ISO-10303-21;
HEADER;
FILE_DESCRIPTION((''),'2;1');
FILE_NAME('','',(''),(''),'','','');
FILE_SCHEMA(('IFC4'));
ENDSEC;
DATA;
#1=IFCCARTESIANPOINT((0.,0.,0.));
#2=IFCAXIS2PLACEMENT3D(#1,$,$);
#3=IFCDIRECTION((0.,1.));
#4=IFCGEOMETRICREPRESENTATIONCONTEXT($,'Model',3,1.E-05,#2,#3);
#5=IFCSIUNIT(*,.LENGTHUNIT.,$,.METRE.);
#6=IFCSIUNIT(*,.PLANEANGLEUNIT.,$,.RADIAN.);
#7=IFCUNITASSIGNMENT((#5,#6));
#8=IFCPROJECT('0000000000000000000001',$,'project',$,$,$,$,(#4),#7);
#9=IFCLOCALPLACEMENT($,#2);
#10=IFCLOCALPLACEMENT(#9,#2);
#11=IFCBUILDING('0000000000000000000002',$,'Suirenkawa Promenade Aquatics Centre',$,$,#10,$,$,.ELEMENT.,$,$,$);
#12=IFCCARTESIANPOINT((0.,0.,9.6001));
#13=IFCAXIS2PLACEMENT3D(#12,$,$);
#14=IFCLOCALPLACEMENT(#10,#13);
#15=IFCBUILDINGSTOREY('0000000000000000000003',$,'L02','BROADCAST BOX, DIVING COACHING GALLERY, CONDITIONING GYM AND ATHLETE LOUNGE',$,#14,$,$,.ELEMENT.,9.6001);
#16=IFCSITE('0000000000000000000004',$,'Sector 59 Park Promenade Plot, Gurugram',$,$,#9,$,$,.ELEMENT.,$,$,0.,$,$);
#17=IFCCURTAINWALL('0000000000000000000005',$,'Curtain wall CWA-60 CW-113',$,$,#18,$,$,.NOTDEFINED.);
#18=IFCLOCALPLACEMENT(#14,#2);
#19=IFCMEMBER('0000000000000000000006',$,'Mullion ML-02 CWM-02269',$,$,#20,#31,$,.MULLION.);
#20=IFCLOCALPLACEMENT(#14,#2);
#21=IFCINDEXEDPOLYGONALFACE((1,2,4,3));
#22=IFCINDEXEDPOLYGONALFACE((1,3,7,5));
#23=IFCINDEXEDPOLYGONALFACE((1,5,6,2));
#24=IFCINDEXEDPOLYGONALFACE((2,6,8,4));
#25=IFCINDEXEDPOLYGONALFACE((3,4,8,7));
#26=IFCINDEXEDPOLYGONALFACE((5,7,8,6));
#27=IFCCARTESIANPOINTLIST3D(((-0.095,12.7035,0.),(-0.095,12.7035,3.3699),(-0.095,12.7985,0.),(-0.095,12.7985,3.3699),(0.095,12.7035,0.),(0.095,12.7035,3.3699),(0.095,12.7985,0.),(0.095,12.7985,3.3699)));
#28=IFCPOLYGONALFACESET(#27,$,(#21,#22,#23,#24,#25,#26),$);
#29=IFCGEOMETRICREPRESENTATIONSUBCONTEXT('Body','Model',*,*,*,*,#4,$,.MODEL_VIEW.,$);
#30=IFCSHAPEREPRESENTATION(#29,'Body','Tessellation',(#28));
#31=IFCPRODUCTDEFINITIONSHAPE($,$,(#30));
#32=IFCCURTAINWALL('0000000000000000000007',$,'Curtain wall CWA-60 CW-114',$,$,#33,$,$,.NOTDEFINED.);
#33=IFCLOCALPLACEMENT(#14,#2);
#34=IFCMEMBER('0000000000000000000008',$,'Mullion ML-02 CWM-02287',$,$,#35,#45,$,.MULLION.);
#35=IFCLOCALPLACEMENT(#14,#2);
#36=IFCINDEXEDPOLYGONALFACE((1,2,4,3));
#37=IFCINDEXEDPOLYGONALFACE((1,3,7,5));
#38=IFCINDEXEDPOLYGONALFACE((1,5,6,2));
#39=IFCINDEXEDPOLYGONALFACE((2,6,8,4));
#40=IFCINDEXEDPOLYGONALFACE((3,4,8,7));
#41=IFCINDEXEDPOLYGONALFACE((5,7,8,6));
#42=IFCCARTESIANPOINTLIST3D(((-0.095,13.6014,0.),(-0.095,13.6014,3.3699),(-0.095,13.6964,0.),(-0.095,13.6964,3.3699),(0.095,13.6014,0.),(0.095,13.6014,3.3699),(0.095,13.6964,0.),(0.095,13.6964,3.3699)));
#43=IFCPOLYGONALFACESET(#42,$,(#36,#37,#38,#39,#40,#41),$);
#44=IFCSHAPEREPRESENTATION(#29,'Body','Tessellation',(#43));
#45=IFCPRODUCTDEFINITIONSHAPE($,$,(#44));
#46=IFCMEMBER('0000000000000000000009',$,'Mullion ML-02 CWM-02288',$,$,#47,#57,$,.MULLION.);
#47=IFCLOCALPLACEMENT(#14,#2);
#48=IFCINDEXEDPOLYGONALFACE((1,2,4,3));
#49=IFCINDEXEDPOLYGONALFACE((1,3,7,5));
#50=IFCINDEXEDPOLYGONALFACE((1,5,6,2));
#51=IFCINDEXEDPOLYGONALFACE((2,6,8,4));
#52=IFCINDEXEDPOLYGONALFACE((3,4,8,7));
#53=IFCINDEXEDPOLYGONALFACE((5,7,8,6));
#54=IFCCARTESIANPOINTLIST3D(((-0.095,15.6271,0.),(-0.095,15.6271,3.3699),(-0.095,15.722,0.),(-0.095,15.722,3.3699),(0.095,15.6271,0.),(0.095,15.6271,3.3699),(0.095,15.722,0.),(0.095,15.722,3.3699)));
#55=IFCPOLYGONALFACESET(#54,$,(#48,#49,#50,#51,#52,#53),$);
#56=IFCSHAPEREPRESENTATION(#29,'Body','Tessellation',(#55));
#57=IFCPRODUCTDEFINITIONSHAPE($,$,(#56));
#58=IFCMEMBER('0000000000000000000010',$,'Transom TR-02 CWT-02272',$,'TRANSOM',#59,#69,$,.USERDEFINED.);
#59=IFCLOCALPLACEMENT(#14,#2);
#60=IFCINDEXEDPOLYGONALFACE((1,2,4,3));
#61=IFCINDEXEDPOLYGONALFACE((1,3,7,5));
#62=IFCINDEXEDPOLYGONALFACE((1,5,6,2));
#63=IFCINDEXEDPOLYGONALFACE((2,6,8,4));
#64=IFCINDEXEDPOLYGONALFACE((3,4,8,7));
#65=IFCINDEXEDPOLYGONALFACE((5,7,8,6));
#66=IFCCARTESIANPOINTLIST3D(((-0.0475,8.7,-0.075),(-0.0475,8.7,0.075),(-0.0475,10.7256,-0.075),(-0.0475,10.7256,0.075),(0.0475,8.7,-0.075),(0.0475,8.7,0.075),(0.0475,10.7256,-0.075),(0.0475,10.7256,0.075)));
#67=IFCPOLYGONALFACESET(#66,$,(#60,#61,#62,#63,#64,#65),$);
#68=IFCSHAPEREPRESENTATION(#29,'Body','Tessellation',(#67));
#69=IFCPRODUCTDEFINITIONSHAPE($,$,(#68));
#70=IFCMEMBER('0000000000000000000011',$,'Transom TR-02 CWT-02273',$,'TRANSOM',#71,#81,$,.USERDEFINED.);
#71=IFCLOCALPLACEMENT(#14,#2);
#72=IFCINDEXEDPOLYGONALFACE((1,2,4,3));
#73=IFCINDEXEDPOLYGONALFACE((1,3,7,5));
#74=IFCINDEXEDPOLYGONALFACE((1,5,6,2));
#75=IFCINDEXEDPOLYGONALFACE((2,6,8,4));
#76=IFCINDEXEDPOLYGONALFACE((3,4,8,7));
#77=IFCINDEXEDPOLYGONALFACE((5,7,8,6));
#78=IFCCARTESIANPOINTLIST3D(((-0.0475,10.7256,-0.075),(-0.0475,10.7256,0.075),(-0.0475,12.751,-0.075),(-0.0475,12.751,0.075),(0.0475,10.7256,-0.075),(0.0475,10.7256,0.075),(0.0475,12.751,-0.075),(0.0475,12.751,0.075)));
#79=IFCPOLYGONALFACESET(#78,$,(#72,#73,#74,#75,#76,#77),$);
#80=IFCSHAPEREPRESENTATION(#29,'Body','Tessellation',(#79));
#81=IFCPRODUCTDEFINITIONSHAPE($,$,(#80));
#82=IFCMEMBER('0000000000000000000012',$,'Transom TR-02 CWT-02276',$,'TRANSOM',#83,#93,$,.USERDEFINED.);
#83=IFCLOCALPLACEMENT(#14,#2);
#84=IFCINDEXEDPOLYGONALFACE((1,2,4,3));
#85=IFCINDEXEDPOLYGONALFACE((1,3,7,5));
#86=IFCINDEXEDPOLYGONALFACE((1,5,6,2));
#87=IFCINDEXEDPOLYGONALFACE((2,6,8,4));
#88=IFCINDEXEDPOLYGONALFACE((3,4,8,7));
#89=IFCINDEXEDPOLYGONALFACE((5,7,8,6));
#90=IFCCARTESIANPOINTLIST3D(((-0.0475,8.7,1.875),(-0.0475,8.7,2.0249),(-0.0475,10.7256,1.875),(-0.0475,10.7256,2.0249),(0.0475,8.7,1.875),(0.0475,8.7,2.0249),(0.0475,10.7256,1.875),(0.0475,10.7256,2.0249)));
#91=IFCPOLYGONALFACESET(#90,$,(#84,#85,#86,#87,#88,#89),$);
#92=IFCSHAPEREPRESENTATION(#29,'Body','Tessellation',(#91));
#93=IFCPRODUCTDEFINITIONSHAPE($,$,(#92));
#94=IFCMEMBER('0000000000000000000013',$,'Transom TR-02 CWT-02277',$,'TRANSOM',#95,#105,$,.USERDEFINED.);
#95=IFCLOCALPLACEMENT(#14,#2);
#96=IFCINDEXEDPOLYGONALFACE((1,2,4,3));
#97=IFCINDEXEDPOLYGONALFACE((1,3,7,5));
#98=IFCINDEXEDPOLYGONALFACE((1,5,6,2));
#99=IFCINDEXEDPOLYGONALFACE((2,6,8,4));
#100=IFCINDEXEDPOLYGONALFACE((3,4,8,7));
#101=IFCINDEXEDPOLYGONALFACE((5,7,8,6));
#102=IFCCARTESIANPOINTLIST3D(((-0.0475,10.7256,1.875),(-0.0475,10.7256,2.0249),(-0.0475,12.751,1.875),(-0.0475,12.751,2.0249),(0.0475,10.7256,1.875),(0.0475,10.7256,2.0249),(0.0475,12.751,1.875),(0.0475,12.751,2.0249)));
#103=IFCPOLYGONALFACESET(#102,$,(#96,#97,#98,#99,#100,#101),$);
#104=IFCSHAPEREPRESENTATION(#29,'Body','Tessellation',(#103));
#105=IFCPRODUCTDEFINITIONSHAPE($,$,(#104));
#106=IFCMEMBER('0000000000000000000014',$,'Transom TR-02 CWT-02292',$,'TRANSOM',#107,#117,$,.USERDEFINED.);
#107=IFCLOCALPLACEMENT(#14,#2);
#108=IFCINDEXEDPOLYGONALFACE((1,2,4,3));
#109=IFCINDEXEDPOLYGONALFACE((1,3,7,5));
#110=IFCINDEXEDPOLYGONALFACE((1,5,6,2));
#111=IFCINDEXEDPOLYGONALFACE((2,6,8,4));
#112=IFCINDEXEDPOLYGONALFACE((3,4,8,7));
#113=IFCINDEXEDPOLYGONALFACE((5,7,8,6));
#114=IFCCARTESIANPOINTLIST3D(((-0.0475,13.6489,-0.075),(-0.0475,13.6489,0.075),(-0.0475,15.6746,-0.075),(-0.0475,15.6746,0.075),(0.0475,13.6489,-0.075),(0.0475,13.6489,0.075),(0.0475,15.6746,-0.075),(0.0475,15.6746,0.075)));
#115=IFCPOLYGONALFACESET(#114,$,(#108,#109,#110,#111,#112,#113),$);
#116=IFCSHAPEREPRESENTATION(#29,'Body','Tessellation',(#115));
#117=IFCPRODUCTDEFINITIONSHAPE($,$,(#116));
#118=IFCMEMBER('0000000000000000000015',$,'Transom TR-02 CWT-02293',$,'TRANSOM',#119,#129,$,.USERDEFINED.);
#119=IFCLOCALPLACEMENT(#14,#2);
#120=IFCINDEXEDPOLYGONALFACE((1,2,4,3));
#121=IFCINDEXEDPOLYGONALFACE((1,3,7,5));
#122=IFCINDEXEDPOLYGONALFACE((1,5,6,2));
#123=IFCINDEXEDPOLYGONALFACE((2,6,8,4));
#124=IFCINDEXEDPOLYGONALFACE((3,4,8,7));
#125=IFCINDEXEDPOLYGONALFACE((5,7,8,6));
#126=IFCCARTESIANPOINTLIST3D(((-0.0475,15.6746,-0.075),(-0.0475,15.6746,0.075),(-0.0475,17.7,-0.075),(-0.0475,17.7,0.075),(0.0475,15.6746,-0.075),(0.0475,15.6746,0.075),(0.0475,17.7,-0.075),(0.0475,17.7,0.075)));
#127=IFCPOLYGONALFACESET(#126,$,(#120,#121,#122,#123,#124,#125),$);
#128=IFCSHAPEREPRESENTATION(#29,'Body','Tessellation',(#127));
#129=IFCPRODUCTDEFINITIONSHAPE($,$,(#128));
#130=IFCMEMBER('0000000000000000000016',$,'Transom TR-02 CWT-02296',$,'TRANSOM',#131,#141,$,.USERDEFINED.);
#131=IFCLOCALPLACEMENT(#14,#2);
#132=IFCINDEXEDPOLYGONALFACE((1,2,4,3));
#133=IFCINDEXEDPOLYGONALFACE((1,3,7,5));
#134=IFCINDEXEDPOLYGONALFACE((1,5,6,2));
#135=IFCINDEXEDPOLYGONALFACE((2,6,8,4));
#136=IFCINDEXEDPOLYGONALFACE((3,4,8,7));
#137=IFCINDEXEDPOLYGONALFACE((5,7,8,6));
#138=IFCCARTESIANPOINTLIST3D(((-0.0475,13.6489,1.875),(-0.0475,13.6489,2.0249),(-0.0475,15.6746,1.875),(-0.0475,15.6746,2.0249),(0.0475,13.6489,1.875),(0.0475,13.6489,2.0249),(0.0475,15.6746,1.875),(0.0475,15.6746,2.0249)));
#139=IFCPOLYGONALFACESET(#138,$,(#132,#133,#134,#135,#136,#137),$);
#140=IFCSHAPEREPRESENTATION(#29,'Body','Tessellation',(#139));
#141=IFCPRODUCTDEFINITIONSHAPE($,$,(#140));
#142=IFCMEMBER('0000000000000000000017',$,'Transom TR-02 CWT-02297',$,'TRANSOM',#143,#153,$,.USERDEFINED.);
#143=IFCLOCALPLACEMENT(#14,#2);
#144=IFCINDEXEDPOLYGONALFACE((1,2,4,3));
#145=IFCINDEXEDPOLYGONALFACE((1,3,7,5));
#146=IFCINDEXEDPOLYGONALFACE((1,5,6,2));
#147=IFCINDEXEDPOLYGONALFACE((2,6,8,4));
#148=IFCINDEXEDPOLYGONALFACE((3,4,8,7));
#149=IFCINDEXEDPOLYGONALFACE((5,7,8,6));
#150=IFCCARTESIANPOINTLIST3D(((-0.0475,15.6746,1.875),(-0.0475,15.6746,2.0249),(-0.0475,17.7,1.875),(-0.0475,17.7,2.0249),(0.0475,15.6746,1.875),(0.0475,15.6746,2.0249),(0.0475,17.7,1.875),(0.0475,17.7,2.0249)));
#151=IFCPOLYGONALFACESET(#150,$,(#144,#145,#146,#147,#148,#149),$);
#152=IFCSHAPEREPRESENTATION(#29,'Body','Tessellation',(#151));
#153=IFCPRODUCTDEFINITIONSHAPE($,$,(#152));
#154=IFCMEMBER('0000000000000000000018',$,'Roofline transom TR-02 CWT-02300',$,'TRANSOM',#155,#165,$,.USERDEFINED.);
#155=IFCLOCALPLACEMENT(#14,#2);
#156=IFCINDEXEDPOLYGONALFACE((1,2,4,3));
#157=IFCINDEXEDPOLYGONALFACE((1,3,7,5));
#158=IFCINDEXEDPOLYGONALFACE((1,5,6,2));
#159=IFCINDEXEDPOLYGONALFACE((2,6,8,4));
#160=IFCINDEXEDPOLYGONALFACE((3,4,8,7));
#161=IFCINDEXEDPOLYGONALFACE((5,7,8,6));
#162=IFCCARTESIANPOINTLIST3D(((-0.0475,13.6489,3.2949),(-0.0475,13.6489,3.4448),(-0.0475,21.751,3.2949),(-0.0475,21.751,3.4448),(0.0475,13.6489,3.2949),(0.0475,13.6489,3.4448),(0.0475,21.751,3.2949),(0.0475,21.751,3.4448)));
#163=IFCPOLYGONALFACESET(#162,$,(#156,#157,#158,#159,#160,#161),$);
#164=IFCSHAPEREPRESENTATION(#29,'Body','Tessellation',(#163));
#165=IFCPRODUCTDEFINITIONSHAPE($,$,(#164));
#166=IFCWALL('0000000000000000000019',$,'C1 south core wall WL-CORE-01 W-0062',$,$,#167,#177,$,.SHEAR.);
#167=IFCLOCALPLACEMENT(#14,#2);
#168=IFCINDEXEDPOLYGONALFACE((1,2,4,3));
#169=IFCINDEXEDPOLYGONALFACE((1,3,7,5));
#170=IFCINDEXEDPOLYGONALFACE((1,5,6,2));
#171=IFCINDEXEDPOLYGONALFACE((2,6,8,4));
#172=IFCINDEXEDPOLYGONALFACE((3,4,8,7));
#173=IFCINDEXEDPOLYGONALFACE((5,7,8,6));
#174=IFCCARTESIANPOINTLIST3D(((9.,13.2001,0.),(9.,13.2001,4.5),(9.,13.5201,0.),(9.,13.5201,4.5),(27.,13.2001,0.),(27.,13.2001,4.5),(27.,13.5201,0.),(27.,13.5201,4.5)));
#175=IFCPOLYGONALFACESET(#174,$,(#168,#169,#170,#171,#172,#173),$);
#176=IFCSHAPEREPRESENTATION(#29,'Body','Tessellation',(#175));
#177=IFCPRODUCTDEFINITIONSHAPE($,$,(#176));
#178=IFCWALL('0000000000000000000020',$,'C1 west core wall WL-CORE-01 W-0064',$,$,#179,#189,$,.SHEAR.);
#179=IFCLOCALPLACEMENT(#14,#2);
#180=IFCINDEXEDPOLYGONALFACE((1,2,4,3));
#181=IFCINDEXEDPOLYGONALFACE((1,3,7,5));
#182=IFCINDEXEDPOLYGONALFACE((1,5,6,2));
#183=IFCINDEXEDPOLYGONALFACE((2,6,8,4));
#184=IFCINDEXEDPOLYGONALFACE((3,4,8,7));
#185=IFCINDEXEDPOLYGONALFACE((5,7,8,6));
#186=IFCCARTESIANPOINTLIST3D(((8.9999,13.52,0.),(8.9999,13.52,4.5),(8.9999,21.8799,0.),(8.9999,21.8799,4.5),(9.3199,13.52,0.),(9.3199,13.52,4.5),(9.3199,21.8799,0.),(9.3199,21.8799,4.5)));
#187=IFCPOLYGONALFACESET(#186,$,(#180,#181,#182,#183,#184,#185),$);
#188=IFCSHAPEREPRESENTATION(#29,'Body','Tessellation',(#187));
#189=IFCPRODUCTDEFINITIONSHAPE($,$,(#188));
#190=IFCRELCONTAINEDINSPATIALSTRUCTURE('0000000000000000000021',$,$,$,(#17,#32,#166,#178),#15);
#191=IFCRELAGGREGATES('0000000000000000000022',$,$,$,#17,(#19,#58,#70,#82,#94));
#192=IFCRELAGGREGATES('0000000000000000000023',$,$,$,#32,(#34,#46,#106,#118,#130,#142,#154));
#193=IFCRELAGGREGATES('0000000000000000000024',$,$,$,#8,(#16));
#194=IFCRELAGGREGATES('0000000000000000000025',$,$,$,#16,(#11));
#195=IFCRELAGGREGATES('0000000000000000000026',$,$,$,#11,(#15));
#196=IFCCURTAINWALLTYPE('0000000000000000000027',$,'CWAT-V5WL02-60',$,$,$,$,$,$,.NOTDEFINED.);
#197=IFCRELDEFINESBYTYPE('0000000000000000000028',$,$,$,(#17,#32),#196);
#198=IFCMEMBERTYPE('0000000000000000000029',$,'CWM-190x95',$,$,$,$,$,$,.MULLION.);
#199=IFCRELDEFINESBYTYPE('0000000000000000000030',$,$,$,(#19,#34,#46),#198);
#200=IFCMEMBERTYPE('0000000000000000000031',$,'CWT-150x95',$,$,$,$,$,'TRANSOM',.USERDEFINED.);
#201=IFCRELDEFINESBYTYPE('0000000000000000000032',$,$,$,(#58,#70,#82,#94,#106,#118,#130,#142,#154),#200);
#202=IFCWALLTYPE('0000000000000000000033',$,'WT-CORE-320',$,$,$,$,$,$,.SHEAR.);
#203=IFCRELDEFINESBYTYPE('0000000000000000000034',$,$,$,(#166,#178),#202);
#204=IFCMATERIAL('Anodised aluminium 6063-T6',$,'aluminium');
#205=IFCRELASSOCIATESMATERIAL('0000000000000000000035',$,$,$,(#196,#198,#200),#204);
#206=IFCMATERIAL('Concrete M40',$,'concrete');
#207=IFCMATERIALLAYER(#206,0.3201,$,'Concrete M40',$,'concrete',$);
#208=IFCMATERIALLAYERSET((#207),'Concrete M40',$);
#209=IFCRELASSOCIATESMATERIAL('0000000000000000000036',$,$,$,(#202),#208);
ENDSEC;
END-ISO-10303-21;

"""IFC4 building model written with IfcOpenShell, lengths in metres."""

from ifc_helpers import new_model, si_unit, direction, frame, frame_2d, origin, origin_2d, place, context, subcontext, project, spatial, rectangle, extrude, material, layer, layer_set, material_profile, profile_set, type_object, element, aggregate, save


model = new_model("IFC4")

# Units and contexts
model_context = context("Model", 3, precision=1e-05, world=origin(), true_north=direction((0.0, 1.0)))
body_context = subcontext(model_context, "Body", "Model", "MODEL_VIEW")
ifc_project = project(units=[si_unit("LENGTHUNIT", "METRE"), si_unit("PLANEANGLEUNIT", "RADIAN")], contexts=[model_context])

# Site, building, storey
site_placement = place(None, origin())
site = spatial("IfcSite", under=ifc_project, at=site_placement, Name="Sector 59 Park Promenade Plot, Gurugram", CompositionType="ELEMENT", RefElevation=0.0)
building_placement = place(site_placement, origin())
building = spatial("IfcBuilding", under=site, at=building_placement, Name="Suirenkawa Promenade Aquatics Centre", CompositionType="ELEMENT")
storey_placement = place(building_placement, frame((0.0, 0.0, 9.6001)))
storey = spatial("IfcBuildingStorey", under=building, at=storey_placement, Name="L02", Description="BROADCAST BOX, DIVING COACHING GALLERY, CONDITIONING GYM AND ATHLETE LOUNGE", CompositionType="ELEMENT", Elevation=9.6001)

# Shared definitions
ifc_material_1 = material(Name="Concrete M40", Category="concrete")

# Curtain walls, members
ifc_material_2 = material(Name="Anodised aluminium 6063-T6", Category="aluminium")
curtain_wall_type = type_object("IfcCurtainWallType", Name="CWAT-V5WL02-60", PredefinedType="NOTDEFINED", material=ifc_material_2)
curtain_wall_1_placement = place(storey_placement, origin())
curtain_wall_1 = element("IfcCurtainWall", 1, at=curtain_wall_1_placement, inside=storey, type_object=curtain_wall_type, Name="Curtain wall CWA-60 CW-113", PredefinedType="NOTDEFINED")
ifc_material_profile_1 = material_profile(ifc_material_2, rectangle(XDim=0.095, YDim=0.1899, at=origin_2d()), Name="ALU MULL 95x190", Category="aluminium")
ifc_profile_set_1 = profile_set([ifc_material_profile_1], Name="Anodised aluminium 6063-T6")
member_type_1 = type_object("IfcMemberType", Name="CWM-190x95", PredefinedType="MULLION", material=ifc_profile_set_1)
member_1_placement = place(storey_placement, frame((0.0, 12.751, 0.0), z_axis=(0.0, 0.0, 1.0), x_axis=(0.0, 1.0, 0.0)))
member_1 = element("IfcMember", 2, at=member_1_placement, type_object=member_type_1, Name="Mullion ML-02 CWM-02269", PredefinedType="MULLION", context=body_context, shape_type="SweptSolid", body=[
    extrude(rectangle(XDim=0.095, YDim=0.1899, at=origin_2d()), origin(), (0.0, 0.0, 1.0), 3.3699),
])
curtain_wall_2_placement = place(storey_placement, origin())
curtain_wall_2 = element("IfcCurtainWall", 3, at=curtain_wall_2_placement, inside=storey, type_object=curtain_wall_type, Name="Curtain wall CWA-60 CW-114", PredefinedType="NOTDEFINED")
member_2_placement = place(storey_placement, frame((0.0, 13.6489, 0.0), z_axis=(0.0, 0.0, 1.0), x_axis=(0.0, 1.0, 0.0)))
member_2 = element("IfcMember", 4, at=member_2_placement, type_object=member_type_1, Name="Mullion ML-02 CWM-02287", PredefinedType="MULLION", context=body_context, shape_type="SweptSolid", body=[
    extrude(rectangle(XDim=0.095, YDim=0.1899, at=origin_2d()), origin(), (0.0, 0.0, 1.0), 3.3699),
])
member_3_placement = place(storey_placement, frame((0.0, 15.6746, 0.0), z_axis=(0.0, 0.0, 1.0), x_axis=(0.0, 1.0, 0.0)))
member_3 = element("IfcMember", 5, at=member_3_placement, type_object=member_type_1, Name="Mullion ML-02 CWM-02288", PredefinedType="MULLION", context=body_context, shape_type="SweptSolid", body=[
    extrude(rectangle(XDim=0.095, YDim=0.1899, at=origin_2d()), origin(), (0.0, 0.0, 1.0), 3.3699),
])

# Members
ifc_material_profile_2 = material_profile(ifc_material_2, rectangle(XDim=0.095, YDim=0.1499, at=origin_2d()), Name="ALU TRAN 95x150", Category="aluminium")
ifc_profile_set_2 = profile_set([ifc_material_profile_2], Name="Anodised aluminium 6063-T6")
member_type_2 = type_object("IfcMemberType", Name="CWT-150x95", ElementType="TRANSOM", PredefinedType="USERDEFINED", material=ifc_profile_set_2)
member_4_placement = place(storey_placement, frame((0.0, 8.7, 0.0), z_axis=(0.0, 1.0, 0.0), x_axis=(-1.0, 0.0, 0.0)))
member_4 = element("IfcMember", 6, at=member_4_placement, type_object=member_type_2, Name="Transom TR-02 CWT-02272", ObjectType="TRANSOM", PredefinedType="USERDEFINED", context=body_context, shape_type="SweptSolid", body=[
    extrude(rectangle(XDim=0.095, YDim=0.1499, at=origin_2d()), origin(), (0.0, 0.0, 1.0), 2.0256),
])
member_5_placement = place(storey_placement, frame((0.0, 10.7256, 0.0), z_axis=(0.0, 1.0, 0.0), x_axis=(-1.0, 0.0, 0.0)))
member_5 = element("IfcMember", 7, at=member_5_placement, type_object=member_type_2, Name="Transom TR-02 CWT-02273", ObjectType="TRANSOM", PredefinedType="USERDEFINED", context=body_context, shape_type="SweptSolid", body=[
    extrude(rectangle(XDim=0.095, YDim=0.1499, at=origin_2d()), origin(), (0.0, 0.0, 1.0), 2.0254),
])
member_6_placement = place(storey_placement, frame((0.0, 8.7, 1.95), z_axis=(0.0, 1.0, 0.0), x_axis=(-1.0, 0.0, 0.0)))
member_6 = element("IfcMember", 8, at=member_6_placement, type_object=member_type_2, Name="Transom TR-02 CWT-02276", ObjectType="TRANSOM", PredefinedType="USERDEFINED", context=body_context, shape_type="SweptSolid", body=[
    extrude(rectangle(XDim=0.095, YDim=0.1499, at=origin_2d()), origin(), (0.0, 0.0, 1.0), 2.0256),
])
member_7_placement = place(storey_placement, frame((0.0, 10.7256, 1.95), z_axis=(0.0, 1.0, 0.0), x_axis=(-1.0, 0.0, 0.0)))
member_7 = element("IfcMember", 9, at=member_7_placement, type_object=member_type_2, Name="Transom TR-02 CWT-02277", ObjectType="TRANSOM", PredefinedType="USERDEFINED", context=body_context, shape_type="SweptSolid", body=[
    extrude(rectangle(XDim=0.095, YDim=0.1499, at=origin_2d()), origin(), (0.0, 0.0, 1.0), 2.0254),
])
member_8_placement = place(storey_placement, frame((0.0, 13.6489, 0.0), z_axis=(0.0, 1.0, 0.0), x_axis=(-1.0, 0.0, 0.0)))
member_8 = element("IfcMember", 10, at=member_8_placement, type_object=member_type_2, Name="Transom TR-02 CWT-02292", ObjectType="TRANSOM", PredefinedType="USERDEFINED", context=body_context, shape_type="SweptSolid", body=[
    extrude(rectangle(XDim=0.095, YDim=0.1499, at=origin_2d()), origin(), (0.0, 0.0, 1.0), 2.0256),
])
member_9_placement = place(storey_placement, frame((0.0, 15.6746, 0.0), z_axis=(0.0, 1.0, 0.0), x_axis=(-1.0, 0.0, 0.0)))
member_9 = element("IfcMember", 11, at=member_9_placement, type_object=member_type_2, Name="Transom TR-02 CWT-02293", ObjectType="TRANSOM", PredefinedType="USERDEFINED", context=body_context, shape_type="SweptSolid", body=[
    extrude(rectangle(XDim=0.095, YDim=0.1499, at=origin_2d()), origin(), (0.0, 0.0, 1.0), 2.0254),
])
member_10_placement = place(storey_placement, frame((0.0, 13.6489, 1.95), z_axis=(0.0, 1.0, 0.0), x_axis=(-1.0, 0.0, 0.0)))
member_10 = element("IfcMember", 12, at=member_10_placement, type_object=member_type_2, Name="Transom TR-02 CWT-02296", ObjectType="TRANSOM", PredefinedType="USERDEFINED", context=body_context, shape_type="SweptSolid", body=[
    extrude(rectangle(XDim=0.095, YDim=0.1499, at=origin_2d()), origin(), (0.0, 0.0, 1.0), 2.0256),
])
member_11_placement = place(storey_placement, frame((0.0, 15.6746, 1.95), z_axis=(0.0, 1.0, 0.0), x_axis=(-1.0, 0.0, 0.0)))
member_11 = element("IfcMember", 13, at=member_11_placement, type_object=member_type_2, Name="Transom TR-02 CWT-02297", ObjectType="TRANSOM", PredefinedType="USERDEFINED", context=body_context, shape_type="SweptSolid", body=[
    extrude(rectangle(XDim=0.095, YDim=0.1499, at=origin_2d()), origin(), (0.0, 0.0, 1.0), 2.0254),
])
member_12_placement = place(storey_placement, frame((0.0, 13.6489, 3.3699), z_axis=(0.0, 1.0, 0.0), x_axis=(-1.0, 0.0, 0.0)))
member_12 = element("IfcMember", 14, at=member_12_placement, type_object=member_type_2, Name="Roofline transom TR-02 CWT-02300", ObjectType="TRANSOM", PredefinedType="USERDEFINED", context=body_context, shape_type="SweptSolid", body=[
    extrude(rectangle(XDim=0.095, YDim=0.1499, at=origin_2d()), origin(), (0.0, 0.0, 1.0), 8.1021),
])

aggregate(curtain_wall_1, [member_1, member_4, member_5, member_6, member_7])
aggregate(curtain_wall_2, [member_2, member_3, member_8, member_9, member_10, member_11, member_12])

# Walls
ifc_layer_1 = layer(ifc_material_1, 0.3201, Name="Concrete M40", Category="concrete")
ifc_layer_set_1 = layer_set([ifc_layer_1], Name="Concrete M40")
wall_type = type_object("IfcWallType", Name="WT-CORE-320", PredefinedType="SHEAR", material=ifc_layer_set_1)
wall_1_placement = place(storey_placement, frame((9.0, 13.3601, 0.0), z_axis=(0.0, 0.0, 1.0), x_axis=(1.0, 0.0, 0.0)))
element("IfcWall", 15, at=wall_1_placement, inside=storey, type_object=wall_type, Name="C1 south core wall WL-CORE-01 W-0062", PredefinedType="SHEAR", context=body_context, shape_type="SweptSolid", body=[
    extrude(rectangle(XDim=18.0, YDim=0.3201, at=frame_2d((9.0, 0.0))), origin(), (0.0, 0.0, 1.0), 4.5),
])
wall_2_placement = place(storey_placement, frame((9.1599, 13.52, 0.0), z_axis=(0.0, 0.0, 1.0), x_axis=(0.0, 1.0, 0.0)))
element("IfcWall", 16, at=wall_2_placement, inside=storey, type_object=wall_type, Name="C1 west core wall WL-CORE-01 W-0064", PredefinedType="SHEAR", context=body_context, shape_type="SweptSolid", body=[
    extrude(rectangle(XDim=8.3599, YDim=0.3201, at=frame_2d((4.1799, 0.0))), origin(), (0.0, 0.0, 1.0), 4.5),
])

save(model, "model.ifc")
